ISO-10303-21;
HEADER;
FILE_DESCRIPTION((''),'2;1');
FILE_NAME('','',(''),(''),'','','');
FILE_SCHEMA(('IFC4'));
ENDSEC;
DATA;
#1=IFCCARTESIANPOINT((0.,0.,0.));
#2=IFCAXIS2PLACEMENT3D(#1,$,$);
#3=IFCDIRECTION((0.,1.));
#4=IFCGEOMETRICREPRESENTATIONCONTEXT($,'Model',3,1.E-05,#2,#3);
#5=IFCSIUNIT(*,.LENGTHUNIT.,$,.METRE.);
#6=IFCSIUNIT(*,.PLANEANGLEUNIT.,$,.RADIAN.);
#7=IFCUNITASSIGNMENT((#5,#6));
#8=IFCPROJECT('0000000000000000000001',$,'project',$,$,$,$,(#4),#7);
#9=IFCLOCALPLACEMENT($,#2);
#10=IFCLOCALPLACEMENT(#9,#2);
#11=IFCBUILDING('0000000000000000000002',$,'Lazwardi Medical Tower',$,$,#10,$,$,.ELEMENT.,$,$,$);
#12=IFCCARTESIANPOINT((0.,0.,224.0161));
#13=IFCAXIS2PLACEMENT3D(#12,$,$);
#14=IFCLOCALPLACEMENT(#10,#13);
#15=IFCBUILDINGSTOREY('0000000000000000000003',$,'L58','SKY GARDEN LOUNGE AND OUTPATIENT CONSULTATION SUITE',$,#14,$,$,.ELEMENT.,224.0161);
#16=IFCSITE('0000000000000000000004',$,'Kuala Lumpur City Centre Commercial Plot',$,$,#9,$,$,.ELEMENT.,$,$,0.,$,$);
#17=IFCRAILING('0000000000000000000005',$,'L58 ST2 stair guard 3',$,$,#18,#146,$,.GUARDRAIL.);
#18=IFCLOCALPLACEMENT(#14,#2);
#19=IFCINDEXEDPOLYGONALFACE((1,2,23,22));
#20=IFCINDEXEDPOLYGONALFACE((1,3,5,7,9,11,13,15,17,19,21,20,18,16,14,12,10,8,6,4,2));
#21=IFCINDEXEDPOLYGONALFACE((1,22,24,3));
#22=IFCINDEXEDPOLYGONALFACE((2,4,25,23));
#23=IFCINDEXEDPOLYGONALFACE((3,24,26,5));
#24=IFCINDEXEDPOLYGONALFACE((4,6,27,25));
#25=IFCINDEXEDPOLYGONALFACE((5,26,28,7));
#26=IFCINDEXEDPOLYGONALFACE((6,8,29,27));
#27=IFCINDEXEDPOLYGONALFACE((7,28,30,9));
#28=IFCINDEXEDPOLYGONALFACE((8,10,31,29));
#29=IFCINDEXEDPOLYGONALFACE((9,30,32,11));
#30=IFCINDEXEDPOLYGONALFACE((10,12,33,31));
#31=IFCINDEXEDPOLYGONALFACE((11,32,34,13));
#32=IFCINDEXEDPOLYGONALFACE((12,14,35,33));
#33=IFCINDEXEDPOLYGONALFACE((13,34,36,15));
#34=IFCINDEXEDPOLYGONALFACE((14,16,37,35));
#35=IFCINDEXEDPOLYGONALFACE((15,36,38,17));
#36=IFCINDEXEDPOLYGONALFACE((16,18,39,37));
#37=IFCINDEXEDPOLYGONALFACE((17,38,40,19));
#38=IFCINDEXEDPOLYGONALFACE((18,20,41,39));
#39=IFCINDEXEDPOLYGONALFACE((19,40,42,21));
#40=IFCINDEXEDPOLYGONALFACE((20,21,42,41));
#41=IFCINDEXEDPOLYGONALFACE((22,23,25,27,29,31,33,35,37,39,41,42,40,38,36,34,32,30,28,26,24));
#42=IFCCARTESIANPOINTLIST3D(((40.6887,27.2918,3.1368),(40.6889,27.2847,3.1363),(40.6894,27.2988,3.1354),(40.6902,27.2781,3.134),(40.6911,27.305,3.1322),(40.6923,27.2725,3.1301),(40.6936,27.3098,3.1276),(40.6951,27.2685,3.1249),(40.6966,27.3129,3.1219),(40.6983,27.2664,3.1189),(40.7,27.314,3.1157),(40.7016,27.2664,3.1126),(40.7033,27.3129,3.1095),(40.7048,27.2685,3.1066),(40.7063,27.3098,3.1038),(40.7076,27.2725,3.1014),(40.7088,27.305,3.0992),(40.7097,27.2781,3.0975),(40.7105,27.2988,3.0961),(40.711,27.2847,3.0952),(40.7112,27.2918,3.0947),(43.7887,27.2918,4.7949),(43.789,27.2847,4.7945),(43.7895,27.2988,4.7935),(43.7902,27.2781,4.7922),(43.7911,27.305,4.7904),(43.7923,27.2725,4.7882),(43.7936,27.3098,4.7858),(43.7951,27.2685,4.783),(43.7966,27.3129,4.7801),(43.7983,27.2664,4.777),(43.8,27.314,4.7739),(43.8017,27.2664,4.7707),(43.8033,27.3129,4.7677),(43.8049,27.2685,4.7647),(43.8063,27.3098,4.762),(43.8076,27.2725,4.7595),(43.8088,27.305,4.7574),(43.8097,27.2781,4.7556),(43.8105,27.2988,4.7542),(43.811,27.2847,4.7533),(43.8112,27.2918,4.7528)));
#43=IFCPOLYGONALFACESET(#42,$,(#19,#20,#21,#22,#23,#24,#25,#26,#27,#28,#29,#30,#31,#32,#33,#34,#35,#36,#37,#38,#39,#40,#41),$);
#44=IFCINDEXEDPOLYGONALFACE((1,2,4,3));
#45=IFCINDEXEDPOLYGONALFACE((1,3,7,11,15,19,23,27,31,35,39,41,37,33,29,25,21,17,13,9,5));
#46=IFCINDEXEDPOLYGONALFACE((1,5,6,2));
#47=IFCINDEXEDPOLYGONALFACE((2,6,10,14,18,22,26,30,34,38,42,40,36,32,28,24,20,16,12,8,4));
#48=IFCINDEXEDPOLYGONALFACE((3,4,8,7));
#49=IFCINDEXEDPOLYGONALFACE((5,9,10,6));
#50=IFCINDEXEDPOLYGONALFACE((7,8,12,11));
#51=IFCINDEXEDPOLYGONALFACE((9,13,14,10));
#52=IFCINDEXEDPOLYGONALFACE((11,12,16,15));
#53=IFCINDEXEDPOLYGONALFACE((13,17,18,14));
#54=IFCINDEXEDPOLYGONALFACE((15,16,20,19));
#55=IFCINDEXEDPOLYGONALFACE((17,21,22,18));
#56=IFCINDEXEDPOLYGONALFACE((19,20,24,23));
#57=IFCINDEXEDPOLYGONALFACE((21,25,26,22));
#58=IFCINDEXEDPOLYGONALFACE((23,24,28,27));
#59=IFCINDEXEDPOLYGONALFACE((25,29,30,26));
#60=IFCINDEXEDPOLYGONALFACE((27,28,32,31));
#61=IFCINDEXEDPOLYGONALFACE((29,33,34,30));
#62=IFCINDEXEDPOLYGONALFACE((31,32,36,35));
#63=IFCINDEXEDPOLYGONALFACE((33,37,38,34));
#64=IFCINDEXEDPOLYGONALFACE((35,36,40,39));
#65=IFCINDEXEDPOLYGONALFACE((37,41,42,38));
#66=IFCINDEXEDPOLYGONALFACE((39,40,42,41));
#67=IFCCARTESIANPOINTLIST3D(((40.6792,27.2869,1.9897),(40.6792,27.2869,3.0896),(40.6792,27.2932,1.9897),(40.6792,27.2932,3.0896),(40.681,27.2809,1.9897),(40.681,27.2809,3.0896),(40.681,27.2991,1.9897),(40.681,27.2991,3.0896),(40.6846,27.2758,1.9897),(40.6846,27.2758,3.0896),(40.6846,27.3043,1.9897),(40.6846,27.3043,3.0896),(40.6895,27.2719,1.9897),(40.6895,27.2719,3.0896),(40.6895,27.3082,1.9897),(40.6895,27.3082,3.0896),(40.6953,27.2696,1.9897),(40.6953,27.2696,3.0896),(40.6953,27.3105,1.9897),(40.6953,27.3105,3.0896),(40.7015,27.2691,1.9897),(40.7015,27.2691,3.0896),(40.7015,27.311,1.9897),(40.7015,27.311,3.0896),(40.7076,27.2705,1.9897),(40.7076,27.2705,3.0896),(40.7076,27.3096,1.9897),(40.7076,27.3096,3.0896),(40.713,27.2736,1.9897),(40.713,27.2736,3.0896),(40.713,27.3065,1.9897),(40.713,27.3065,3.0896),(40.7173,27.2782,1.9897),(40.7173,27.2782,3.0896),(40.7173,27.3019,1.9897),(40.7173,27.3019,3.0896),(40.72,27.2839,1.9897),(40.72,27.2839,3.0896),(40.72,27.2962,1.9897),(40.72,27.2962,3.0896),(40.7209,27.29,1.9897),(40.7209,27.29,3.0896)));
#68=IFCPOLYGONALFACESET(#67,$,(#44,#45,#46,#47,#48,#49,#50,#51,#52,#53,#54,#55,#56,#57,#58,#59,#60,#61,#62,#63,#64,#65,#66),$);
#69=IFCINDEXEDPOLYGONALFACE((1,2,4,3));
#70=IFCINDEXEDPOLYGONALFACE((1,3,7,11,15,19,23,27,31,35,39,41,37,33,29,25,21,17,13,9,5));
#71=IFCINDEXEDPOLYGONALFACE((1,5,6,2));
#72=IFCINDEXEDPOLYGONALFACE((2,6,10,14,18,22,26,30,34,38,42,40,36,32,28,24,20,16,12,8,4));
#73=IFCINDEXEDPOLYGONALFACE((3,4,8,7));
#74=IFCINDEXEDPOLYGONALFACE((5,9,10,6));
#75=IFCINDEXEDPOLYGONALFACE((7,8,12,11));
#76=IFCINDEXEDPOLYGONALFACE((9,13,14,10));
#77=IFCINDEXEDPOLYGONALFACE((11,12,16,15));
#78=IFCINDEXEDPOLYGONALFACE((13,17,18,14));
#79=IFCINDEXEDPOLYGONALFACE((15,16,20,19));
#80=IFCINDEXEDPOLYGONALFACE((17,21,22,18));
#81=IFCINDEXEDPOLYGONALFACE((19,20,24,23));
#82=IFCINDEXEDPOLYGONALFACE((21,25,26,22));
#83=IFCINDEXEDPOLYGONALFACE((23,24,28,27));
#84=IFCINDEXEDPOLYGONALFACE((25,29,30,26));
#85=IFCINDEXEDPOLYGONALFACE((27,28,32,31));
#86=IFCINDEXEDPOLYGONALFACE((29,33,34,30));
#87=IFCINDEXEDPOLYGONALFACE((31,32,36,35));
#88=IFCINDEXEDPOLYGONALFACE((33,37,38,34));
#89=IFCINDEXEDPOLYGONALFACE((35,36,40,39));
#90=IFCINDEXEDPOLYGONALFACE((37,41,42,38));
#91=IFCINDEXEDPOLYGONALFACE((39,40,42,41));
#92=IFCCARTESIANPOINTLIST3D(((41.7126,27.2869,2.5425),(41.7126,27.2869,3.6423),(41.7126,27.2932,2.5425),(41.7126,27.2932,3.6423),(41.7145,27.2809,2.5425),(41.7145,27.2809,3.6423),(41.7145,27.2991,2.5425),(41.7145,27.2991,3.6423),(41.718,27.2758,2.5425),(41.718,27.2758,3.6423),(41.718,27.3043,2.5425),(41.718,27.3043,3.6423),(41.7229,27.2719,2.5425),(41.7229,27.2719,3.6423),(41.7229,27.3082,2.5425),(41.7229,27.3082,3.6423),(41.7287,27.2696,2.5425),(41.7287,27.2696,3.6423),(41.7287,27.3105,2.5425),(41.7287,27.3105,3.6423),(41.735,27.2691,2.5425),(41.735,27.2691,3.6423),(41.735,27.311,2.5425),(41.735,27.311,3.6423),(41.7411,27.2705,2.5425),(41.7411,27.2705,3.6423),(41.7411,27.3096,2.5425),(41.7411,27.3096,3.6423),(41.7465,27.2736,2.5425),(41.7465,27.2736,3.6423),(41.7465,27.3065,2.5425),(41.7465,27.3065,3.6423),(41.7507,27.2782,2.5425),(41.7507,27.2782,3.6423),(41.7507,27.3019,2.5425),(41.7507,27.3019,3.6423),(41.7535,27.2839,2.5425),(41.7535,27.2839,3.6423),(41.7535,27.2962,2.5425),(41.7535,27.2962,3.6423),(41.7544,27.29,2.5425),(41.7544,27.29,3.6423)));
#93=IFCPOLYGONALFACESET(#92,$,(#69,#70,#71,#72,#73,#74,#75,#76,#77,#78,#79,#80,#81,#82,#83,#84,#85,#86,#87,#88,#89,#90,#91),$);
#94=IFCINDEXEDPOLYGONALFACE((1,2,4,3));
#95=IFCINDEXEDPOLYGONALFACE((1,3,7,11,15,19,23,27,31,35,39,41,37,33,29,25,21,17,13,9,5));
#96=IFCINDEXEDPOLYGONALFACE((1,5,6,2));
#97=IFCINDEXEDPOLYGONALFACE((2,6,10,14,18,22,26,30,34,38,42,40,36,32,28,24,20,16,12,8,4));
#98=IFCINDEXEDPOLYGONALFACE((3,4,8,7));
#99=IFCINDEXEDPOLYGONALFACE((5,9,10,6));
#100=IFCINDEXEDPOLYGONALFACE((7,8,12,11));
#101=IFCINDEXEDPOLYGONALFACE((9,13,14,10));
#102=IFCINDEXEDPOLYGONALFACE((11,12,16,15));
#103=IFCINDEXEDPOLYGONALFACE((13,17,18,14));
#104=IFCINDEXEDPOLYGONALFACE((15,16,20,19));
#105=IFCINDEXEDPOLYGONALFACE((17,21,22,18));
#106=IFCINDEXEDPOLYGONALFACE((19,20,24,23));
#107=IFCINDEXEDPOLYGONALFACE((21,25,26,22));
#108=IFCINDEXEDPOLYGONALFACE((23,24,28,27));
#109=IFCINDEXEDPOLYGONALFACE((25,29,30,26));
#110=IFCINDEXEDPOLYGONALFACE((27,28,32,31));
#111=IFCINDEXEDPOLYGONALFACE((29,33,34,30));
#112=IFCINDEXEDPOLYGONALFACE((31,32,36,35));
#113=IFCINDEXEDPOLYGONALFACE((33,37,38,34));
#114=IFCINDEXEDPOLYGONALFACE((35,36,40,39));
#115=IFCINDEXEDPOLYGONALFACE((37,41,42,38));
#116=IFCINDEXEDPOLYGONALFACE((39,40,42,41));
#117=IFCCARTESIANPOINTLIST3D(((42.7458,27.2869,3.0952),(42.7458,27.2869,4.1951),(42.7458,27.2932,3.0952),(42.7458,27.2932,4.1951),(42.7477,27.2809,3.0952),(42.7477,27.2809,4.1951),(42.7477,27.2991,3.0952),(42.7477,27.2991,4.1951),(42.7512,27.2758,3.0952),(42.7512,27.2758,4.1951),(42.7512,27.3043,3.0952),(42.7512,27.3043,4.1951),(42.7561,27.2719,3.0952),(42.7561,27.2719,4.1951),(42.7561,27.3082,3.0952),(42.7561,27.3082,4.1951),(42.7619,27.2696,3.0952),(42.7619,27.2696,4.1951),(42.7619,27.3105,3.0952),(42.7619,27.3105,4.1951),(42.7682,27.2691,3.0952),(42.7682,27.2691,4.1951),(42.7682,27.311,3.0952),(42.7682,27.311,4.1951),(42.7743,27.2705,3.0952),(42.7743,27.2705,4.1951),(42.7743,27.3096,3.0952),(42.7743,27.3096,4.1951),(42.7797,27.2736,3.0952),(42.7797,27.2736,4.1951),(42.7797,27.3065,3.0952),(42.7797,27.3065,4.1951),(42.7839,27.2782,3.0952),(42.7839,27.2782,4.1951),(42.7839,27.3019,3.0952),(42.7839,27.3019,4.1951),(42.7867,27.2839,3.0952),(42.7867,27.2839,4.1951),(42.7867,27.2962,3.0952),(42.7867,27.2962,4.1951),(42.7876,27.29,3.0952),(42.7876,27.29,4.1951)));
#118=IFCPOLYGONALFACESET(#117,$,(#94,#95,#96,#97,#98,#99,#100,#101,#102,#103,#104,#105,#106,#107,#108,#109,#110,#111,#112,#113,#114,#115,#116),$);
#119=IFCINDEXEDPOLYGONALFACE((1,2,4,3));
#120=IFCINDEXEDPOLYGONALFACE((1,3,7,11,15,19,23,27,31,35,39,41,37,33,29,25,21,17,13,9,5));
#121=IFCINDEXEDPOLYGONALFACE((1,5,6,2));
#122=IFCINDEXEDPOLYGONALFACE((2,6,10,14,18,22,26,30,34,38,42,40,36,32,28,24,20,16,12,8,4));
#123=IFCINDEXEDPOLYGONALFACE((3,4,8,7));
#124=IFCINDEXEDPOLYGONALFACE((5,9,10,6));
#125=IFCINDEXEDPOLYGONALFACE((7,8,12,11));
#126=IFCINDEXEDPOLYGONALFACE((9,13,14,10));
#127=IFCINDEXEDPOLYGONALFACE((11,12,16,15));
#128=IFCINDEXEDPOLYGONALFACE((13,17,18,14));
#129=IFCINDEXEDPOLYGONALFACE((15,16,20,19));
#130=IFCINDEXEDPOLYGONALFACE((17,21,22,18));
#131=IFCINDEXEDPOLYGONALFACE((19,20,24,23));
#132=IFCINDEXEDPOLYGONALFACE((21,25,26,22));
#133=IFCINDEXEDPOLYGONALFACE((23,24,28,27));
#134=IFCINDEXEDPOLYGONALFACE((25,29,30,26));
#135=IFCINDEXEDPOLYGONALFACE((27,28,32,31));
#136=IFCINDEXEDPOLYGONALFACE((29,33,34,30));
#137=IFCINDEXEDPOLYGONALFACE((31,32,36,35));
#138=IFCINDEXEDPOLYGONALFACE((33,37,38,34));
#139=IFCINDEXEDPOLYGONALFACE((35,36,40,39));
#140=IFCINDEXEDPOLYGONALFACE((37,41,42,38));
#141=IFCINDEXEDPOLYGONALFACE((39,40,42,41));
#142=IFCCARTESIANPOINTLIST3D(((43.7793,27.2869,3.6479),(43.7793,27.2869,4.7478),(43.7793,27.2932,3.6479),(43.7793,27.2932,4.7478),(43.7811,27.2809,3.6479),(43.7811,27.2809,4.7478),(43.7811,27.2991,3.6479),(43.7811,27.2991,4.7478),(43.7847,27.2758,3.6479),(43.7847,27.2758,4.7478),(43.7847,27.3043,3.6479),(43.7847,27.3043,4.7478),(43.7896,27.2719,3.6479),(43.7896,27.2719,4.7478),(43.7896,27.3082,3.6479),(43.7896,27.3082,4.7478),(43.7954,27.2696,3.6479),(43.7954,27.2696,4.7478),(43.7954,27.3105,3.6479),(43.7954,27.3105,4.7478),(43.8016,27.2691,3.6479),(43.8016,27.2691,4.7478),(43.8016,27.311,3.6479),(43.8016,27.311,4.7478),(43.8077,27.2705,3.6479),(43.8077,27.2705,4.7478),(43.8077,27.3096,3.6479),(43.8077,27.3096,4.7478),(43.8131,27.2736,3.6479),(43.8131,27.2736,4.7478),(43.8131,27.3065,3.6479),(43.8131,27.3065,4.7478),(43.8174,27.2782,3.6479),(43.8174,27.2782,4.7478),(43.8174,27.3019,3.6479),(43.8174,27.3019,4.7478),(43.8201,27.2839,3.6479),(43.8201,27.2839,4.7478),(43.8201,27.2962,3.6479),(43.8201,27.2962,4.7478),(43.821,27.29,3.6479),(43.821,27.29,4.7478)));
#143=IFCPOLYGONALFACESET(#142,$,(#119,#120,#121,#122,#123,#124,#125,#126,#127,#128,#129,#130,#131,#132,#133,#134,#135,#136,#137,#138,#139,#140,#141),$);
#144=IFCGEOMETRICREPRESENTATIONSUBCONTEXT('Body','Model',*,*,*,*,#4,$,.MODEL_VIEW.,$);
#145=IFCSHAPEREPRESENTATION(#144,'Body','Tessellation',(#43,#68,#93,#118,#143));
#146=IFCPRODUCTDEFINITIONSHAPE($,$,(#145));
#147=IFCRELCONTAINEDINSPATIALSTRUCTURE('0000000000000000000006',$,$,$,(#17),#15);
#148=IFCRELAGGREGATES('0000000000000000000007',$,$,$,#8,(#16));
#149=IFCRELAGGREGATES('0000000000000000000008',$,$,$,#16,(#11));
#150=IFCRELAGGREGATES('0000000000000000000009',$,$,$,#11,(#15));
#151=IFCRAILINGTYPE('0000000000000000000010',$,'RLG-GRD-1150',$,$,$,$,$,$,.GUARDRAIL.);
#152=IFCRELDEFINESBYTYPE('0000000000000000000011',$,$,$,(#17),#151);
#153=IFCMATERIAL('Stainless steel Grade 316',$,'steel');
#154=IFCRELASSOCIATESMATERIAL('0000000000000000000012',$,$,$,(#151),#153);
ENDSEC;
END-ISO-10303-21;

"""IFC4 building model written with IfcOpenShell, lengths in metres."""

from ifc_helpers import new_model, si_unit, direction, frame, origin, origin_2d, place, context, subcontext, project, spatial, circle, extrude, material, type_object, element, save


model = new_model("IFC4")

# Units and contexts
model_context = context("Model", 3, precision=1e-05, world=origin(), true_north=direction((0.0, 1.0)))
body_context = subcontext(model_context, "Body", "Model", "MODEL_VIEW")
ifc_project = project(units=[si_unit("LENGTHUNIT", "METRE"), si_unit("PLANEANGLEUNIT", "RADIAN")], contexts=[model_context])

# Site, building, storey
site_placement = place(None, origin())
site = spatial("IfcSite", under=ifc_project, at=site_placement, Name="Kuala Lumpur City Centre Commercial Plot", CompositionType="ELEMENT", RefElevation=0.0)
building_placement = place(site_placement, origin())
building = spatial("IfcBuilding", under=site, at=building_placement, Name="Lazwardi Medical Tower", CompositionType="ELEMENT")
storey_placement = place(building_placement, frame((0.0, 0.0, 224.0161)))
storey = spatial("IfcBuildingStorey", under=building, at=storey_placement, Name="L58", Description="SKY GARDEN LOUNGE AND OUTPATIENT CONSULTATION SUITE", CompositionType="ELEMENT", Elevation=224.0161)

# Railing
ifc_material_1 = material(Name="Stainless steel Grade 316", Category="steel")
railing_type_1 = type_object("IfcRailingType", Name="RLG-GRD-1150", PredefinedType="GUARDRAIL", material=ifc_material_1)
railing_1_placement = place(storey_placement, frame((40.7, 27.29, 1.9897)))
element("IfcRailing", 1, at=railing_1_placement, inside=storey, type_object=railing_type_1, Name="L58 ST2 stair guard 3", PredefinedType="GUARDRAIL", context=body_context, shape_type="SweptSolid", body=[
    extrude(circle(Radius=0.0239, at=origin_2d()), frame((0.0, 0.0, 1.126), z_axis=(0.881783, 0.0, 0.471655), x_axis=(0.0, 1.0, 0.0)), (0.0, 0.0, 1.0), 3.5156),
    extrude(circle(Radius=0.021, at=origin_2d()), origin(), (0.0, 0.0, 1.0), 1.0999),
    extrude(circle(Radius=0.021, at=origin_2d()), frame((1.0334, 0.0, 0.5527)), (0.0, 0.0, 1.0), 1.0999),
    extrude(circle(Radius=0.021, at=origin_2d()), frame((2.0667, 0.0, 1.1055)), (0.0, 0.0, 1.0), 1.0999),
    extrude(circle(Radius=0.021, at=origin_2d()), frame((3.1001, 0.0, 1.6582)), (0.0, 0.0, 1.0), 1.0999),
])

save(model, "model.ifc")
